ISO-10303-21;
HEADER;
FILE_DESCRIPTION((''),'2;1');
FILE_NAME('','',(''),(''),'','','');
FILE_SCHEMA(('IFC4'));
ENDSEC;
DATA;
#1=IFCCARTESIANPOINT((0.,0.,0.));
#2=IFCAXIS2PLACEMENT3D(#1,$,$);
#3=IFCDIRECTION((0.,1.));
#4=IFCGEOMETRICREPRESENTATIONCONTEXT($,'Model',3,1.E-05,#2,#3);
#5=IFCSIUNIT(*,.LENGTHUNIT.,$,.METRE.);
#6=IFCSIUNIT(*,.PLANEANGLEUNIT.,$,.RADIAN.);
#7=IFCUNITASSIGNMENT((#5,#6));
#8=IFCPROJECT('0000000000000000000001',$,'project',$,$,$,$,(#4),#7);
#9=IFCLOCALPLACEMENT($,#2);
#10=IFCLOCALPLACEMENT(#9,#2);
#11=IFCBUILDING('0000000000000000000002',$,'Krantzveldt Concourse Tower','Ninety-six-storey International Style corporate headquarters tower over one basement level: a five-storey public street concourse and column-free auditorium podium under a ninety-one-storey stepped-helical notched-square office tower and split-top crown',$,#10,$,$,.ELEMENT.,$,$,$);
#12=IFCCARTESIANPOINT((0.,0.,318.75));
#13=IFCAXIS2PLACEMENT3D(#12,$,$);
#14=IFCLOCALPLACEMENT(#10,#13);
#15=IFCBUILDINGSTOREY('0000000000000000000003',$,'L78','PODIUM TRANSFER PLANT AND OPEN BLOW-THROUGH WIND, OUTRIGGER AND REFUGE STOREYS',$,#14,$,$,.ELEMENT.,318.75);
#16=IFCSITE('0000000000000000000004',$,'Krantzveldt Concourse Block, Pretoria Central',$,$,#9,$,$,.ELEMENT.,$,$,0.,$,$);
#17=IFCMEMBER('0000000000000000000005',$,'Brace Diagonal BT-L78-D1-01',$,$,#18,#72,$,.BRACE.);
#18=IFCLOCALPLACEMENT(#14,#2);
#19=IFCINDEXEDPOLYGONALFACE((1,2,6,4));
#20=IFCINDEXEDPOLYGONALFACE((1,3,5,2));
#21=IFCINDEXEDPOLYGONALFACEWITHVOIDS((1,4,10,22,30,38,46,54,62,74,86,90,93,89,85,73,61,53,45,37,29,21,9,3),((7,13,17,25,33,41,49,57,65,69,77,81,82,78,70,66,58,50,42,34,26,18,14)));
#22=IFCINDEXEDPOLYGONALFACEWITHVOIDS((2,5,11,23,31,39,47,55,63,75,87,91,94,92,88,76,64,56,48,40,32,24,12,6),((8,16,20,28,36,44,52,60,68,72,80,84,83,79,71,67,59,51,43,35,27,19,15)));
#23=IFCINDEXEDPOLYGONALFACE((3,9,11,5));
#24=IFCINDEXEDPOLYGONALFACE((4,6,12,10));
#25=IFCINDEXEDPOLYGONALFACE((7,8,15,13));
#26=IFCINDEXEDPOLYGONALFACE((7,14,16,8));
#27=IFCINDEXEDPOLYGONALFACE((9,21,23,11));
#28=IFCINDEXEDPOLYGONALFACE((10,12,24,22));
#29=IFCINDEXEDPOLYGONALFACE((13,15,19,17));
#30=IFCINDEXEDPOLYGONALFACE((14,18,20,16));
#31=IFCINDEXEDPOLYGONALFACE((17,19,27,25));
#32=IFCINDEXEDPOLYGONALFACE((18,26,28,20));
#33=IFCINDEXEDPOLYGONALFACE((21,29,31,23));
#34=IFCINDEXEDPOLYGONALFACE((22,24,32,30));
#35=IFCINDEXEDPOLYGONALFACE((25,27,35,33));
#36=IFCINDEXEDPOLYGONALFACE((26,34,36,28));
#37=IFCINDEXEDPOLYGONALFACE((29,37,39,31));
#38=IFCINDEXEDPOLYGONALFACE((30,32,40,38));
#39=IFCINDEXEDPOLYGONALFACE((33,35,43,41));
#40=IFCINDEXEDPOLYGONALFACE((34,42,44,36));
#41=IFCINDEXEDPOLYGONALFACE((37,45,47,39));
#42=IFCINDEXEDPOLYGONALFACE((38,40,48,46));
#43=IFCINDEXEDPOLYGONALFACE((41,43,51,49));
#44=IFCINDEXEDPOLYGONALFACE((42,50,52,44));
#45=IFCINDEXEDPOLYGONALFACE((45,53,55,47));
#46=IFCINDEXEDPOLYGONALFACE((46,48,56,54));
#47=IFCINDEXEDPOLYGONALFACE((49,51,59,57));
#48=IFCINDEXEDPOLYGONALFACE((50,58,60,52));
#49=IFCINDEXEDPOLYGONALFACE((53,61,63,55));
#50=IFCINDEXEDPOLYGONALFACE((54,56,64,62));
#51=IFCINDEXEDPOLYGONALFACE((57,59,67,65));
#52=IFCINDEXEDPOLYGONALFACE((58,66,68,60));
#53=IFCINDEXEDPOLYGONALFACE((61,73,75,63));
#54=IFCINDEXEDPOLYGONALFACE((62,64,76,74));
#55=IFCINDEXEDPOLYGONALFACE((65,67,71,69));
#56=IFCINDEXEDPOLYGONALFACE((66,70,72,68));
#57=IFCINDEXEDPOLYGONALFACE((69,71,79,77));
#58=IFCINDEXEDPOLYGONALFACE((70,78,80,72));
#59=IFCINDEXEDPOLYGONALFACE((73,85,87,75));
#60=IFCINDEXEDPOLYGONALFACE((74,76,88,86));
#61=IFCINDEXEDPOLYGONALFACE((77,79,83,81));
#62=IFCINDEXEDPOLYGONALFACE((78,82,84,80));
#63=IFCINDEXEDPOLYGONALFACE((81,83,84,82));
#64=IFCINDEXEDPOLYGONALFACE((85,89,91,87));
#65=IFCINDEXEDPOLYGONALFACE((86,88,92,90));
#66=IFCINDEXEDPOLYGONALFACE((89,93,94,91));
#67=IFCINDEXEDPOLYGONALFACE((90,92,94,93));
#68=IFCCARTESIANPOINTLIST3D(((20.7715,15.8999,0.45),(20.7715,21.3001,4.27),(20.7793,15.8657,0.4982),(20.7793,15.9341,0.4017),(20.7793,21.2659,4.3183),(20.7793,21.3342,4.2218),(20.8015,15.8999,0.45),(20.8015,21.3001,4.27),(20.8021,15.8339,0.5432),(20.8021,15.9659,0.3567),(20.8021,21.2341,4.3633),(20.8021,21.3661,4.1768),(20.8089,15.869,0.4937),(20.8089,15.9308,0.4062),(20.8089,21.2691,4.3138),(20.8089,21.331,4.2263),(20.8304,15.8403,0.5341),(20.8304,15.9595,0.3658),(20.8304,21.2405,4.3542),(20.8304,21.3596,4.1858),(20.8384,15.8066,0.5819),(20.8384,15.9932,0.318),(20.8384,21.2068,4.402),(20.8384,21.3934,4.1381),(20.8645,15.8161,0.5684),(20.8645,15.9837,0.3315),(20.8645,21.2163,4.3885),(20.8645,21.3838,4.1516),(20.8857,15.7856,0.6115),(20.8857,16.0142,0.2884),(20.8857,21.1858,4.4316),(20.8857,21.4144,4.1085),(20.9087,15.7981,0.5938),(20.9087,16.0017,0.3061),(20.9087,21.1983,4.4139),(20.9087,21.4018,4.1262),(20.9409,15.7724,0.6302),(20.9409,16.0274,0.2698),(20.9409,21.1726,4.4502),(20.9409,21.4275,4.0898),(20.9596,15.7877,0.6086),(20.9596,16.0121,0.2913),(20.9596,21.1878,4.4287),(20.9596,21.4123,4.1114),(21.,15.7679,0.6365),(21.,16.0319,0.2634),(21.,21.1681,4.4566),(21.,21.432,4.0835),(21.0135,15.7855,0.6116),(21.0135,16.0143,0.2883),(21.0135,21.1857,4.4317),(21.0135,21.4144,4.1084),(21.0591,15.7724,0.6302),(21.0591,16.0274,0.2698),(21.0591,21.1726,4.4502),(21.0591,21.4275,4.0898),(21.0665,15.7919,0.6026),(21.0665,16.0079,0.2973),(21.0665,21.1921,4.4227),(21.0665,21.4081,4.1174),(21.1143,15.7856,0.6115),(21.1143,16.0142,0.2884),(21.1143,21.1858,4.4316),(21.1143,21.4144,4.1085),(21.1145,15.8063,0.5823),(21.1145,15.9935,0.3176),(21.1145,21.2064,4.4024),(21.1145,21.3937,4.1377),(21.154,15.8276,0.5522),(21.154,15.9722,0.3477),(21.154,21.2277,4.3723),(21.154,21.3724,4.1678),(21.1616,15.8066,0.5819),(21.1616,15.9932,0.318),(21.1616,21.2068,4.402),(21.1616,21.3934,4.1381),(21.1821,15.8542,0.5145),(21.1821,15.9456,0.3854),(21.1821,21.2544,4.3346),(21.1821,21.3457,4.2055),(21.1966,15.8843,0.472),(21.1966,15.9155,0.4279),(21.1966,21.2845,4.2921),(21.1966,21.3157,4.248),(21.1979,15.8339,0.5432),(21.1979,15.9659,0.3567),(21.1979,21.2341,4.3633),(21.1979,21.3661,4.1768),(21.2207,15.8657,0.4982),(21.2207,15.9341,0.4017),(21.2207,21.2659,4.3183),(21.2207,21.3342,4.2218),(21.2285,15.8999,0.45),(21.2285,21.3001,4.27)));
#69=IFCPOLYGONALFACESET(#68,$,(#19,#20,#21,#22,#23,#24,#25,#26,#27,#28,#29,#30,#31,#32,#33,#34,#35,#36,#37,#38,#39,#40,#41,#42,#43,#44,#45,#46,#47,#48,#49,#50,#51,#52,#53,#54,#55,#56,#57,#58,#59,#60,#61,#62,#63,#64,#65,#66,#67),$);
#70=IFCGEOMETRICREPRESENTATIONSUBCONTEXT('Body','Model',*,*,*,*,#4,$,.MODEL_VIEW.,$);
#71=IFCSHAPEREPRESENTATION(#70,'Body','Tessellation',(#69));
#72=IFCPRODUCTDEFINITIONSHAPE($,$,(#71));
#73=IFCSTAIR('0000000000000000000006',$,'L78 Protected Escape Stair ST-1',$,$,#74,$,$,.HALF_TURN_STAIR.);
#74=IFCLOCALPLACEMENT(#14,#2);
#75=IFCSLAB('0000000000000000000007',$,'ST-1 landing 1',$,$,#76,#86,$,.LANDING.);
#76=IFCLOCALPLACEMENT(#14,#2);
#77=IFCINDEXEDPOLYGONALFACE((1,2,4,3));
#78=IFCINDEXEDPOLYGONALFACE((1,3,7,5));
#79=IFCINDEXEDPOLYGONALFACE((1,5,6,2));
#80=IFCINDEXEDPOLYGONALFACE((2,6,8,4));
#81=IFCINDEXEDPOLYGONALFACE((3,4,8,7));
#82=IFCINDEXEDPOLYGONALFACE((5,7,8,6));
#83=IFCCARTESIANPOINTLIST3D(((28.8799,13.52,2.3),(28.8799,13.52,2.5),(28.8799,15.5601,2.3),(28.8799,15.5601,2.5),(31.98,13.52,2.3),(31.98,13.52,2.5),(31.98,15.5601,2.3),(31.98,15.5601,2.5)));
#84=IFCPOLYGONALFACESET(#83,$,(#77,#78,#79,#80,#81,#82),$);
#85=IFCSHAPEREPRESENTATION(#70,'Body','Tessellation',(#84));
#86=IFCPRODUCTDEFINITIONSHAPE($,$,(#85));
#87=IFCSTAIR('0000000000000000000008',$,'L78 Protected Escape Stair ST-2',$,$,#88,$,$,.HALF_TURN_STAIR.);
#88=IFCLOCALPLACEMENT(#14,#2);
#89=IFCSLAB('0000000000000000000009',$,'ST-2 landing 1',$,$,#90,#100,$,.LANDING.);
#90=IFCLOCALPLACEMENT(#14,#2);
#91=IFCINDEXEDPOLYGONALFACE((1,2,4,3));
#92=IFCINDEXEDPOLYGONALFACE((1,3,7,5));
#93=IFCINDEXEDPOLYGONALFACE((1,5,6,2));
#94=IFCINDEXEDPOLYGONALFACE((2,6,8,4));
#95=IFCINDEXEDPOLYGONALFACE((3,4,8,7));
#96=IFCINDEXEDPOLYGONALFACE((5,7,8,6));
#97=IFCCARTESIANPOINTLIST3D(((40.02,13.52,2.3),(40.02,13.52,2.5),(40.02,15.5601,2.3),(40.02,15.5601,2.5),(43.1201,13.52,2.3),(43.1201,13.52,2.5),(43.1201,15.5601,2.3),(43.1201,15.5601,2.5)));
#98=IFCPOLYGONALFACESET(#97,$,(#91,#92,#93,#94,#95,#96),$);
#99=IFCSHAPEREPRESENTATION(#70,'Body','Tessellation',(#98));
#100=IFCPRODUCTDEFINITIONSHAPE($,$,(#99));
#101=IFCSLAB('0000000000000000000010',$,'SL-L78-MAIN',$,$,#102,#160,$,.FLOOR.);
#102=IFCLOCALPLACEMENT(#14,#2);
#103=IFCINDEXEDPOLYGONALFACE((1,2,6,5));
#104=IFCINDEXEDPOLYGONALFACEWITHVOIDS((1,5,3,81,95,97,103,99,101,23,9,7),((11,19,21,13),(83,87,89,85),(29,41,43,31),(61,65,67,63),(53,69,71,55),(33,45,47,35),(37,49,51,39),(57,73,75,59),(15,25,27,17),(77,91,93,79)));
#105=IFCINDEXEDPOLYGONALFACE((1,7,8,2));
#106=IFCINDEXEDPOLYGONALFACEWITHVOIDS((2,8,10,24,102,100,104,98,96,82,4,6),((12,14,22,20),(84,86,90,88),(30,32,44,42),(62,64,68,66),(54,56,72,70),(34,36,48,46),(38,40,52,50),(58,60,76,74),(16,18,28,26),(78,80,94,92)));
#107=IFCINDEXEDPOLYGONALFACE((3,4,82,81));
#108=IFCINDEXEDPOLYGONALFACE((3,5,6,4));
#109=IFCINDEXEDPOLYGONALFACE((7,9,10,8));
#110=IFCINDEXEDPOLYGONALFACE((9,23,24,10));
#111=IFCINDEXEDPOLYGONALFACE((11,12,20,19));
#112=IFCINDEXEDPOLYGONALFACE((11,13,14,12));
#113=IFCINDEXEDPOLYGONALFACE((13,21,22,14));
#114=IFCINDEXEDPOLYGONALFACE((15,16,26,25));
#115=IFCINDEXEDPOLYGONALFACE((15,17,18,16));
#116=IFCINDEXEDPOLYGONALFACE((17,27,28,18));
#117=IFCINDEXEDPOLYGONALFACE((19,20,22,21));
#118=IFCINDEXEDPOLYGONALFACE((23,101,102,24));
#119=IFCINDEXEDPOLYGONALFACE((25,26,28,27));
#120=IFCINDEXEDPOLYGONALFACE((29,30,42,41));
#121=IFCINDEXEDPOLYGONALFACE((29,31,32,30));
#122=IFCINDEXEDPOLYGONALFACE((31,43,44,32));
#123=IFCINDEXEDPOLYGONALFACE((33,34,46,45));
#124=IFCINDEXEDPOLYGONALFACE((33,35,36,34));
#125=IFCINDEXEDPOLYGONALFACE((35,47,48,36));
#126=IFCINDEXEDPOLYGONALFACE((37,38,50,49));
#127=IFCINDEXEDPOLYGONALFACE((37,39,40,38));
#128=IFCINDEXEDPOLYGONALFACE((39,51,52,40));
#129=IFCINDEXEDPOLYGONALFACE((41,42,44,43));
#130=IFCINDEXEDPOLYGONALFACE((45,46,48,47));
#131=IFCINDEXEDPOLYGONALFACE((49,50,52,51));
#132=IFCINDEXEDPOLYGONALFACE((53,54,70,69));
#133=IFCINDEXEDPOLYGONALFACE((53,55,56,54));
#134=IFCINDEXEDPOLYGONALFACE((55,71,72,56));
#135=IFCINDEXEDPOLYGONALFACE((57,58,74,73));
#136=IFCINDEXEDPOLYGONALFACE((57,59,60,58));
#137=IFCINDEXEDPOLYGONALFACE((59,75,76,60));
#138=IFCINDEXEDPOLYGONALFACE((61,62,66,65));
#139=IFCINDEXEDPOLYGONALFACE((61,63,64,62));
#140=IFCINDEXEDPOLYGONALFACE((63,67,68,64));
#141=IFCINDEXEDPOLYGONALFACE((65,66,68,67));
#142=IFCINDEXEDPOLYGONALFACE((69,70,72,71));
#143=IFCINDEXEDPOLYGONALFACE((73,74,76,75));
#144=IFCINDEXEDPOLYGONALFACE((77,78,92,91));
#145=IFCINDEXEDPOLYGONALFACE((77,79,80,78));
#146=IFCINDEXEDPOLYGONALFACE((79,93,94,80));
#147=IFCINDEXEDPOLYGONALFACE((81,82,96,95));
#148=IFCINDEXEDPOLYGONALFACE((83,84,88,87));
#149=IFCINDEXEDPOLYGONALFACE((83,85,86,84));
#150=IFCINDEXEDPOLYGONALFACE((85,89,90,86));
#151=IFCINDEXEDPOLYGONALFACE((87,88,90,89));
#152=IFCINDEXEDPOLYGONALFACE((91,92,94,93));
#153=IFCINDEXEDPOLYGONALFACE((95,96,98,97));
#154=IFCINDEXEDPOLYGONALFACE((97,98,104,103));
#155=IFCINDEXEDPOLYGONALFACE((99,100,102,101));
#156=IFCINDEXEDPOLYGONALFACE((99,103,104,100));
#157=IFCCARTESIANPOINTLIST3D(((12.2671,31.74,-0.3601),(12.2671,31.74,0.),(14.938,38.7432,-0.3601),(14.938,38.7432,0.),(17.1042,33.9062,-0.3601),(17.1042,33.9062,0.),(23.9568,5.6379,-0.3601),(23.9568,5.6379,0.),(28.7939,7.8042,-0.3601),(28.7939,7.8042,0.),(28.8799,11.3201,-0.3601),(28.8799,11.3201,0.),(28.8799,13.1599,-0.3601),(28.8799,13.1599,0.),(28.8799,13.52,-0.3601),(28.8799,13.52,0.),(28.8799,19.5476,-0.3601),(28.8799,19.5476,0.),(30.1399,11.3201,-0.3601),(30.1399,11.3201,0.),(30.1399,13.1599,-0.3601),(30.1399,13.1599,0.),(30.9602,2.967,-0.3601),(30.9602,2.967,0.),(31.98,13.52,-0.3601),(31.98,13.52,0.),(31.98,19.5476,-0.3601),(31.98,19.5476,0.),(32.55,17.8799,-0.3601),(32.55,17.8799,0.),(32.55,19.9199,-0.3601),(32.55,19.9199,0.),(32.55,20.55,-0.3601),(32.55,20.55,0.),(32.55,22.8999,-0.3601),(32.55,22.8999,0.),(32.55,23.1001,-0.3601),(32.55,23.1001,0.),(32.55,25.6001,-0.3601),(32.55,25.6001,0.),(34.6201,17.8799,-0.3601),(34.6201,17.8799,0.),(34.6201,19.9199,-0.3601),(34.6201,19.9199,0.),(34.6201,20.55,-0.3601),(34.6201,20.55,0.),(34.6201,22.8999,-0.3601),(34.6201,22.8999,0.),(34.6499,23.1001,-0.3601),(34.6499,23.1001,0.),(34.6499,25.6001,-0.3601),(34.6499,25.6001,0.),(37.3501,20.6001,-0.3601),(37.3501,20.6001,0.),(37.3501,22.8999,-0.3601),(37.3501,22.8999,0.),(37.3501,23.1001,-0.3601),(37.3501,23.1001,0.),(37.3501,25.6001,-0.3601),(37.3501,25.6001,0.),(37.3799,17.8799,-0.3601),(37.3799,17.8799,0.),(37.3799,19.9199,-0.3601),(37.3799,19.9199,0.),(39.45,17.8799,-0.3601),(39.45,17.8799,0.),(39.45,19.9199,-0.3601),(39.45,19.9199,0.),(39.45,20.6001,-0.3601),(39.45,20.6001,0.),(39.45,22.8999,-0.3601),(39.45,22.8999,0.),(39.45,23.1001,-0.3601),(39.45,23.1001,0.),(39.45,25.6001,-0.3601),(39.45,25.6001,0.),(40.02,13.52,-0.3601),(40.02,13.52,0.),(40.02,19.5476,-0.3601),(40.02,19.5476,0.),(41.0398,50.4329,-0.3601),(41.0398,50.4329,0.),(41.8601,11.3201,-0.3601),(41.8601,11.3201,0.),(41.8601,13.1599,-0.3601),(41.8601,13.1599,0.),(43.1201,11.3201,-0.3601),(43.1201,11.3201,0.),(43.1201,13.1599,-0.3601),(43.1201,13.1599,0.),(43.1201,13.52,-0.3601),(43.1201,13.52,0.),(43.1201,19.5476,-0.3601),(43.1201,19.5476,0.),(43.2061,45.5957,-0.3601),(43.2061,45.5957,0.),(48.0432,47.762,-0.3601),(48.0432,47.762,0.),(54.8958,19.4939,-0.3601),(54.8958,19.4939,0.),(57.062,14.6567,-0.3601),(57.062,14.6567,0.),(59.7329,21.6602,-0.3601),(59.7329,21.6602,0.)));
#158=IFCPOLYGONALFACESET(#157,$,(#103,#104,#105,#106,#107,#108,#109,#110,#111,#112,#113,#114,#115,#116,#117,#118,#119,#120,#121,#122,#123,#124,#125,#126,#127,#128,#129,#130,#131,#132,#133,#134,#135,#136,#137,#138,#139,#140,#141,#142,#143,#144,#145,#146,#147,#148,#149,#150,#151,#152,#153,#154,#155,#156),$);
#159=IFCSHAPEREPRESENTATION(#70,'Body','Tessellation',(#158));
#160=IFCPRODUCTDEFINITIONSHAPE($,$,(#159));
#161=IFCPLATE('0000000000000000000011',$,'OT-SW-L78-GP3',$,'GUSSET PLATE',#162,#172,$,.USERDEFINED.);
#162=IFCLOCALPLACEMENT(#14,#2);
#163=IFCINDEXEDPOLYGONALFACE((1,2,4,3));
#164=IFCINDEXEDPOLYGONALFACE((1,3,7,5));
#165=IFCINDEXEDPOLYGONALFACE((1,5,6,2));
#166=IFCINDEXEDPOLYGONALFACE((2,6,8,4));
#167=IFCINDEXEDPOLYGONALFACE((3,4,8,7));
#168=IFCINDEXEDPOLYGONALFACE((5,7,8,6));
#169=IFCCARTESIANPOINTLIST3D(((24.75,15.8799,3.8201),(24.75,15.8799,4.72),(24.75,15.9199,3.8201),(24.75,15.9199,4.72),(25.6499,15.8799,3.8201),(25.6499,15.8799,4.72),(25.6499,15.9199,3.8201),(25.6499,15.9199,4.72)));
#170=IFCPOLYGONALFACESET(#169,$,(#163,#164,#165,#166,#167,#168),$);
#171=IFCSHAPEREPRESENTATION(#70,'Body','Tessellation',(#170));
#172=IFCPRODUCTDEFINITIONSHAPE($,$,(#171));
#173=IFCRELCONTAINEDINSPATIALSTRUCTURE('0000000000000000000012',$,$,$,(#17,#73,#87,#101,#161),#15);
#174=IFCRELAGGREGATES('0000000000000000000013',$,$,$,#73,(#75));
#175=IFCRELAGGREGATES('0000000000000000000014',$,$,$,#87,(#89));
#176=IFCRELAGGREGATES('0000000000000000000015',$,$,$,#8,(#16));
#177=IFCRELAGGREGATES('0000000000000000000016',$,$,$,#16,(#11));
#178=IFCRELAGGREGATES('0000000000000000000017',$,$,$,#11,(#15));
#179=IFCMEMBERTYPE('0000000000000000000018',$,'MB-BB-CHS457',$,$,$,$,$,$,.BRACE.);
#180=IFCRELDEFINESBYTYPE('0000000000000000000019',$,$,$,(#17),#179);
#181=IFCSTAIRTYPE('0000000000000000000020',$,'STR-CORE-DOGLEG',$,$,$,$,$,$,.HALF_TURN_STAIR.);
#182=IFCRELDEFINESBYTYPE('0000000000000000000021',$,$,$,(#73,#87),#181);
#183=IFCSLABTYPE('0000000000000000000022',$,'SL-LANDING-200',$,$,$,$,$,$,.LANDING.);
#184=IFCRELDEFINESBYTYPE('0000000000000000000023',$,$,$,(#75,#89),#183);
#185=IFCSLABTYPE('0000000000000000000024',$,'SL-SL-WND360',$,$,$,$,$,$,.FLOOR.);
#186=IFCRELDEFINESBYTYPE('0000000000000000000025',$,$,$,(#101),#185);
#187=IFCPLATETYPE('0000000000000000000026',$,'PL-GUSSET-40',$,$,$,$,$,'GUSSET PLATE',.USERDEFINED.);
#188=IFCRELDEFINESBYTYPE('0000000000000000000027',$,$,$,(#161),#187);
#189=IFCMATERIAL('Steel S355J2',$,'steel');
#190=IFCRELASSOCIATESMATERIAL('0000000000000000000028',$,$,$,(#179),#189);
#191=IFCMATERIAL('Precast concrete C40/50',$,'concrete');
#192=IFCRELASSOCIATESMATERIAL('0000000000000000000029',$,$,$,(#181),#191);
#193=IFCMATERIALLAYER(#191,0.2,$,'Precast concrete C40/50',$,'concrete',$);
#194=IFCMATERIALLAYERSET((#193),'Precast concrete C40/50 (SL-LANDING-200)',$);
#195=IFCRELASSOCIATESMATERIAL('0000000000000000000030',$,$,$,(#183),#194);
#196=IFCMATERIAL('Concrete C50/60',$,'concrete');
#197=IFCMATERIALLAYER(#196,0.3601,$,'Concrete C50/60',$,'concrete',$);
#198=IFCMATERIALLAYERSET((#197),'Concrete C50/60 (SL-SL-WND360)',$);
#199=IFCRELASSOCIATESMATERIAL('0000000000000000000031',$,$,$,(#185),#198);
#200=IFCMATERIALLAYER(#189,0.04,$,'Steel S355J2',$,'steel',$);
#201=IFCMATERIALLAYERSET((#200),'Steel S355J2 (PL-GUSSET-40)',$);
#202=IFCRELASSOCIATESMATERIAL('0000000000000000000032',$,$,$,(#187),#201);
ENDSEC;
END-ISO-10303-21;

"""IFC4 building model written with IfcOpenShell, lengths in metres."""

from ifc_helpers import new_model, si_unit, direction, frame, origin, origin_2d, place, context, subcontext, project, spatial, polyline, rectangle, hollow_circle, outline, extrude, source, transform, mapped, material, layer, layer_set, material_profile, profile_set, type_object, type_shapes, element, aggregate, save


model = new_model("IFC4")

# Units and contexts
model_context = context("Model", 3, precision=1e-05, world=origin(), true_north=direction((0.0, 1.0)))
body_context = subcontext(model_context, "Body", "Model", "MODEL_VIEW")
ifc_project = project(units=[si_unit("LENGTHUNIT", "METRE"), si_unit("PLANEANGLEUNIT", "RADIAN")], contexts=[model_context])

# Site, building, storey
site_placement = place(None, origin())
site = spatial("IfcSite", under=ifc_project, at=site_placement, Name="Krantzveldt Concourse Block, Pretoria Central", CompositionType="ELEMENT", RefElevation=0.0)
building_placement = place(site_placement, origin())
building = spatial("IfcBuilding", under=site, at=building_placement, Name="Krantzveldt Concourse Tower", Description="Ninety-six-storey International Style corporate headquarters tower over one basement level: a five-storey public street concourse and column-free auditorium podium under a ninety-one-storey stepped-helical notched-square office tower and split-top crown", CompositionType="ELEMENT")
storey_placement = place(building_placement, frame((0.0, 0.0, 318.75)))
storey = spatial("IfcBuildingStorey", under=building, at=storey_placement, Name="L78", Description="PODIUM TRANSFER PLANT AND OPEN BLOW-THROUGH WIND, OUTRIGGER AND REFUGE STOREYS", CompositionType="ELEMENT", Elevation=318.75)

# Shared definitions
ifc_material_1 = material(Name="Concrete C50/60", Category="concrete")

# Shared definitions
ifc_material_2 = material(Name="Steel S355J2", Category="steel")

# Member
ifc_material_profile_1 = material_profile(ifc_material_2, hollow_circle(Radius=0.2285, WallThickness=0.03, at=origin_2d()), Name="Steel S355J2", Category="steel")
ifc_profile_set_1 = profile_set([ifc_material_profile_1], Name="Steel S355J2 - CHS 457x30")
member_type_1 = type_object("IfcMemberType", Name="MB-BB-CHS457", PredefinedType="BRACE", material=ifc_profile_set_1)
shared_shape_1 = source(origin(), body_context, "Body", "SweptSolid", [
    extrude(hollow_circle(Radius=0.2285, WallThickness=0.03, at=origin_2d()), origin(), (0.0, 0.0, 1.0), 6.6147),
])
type_shapes(member_type_1, [shared_shape_1])
member_1_placement = place(storey_placement, frame((21.0, 15.8999, 0.45), z_axis=(0.0, 0.816383, 0.57751), x_axis=(-1.0, 0.0, 0.0)))
element("IfcMember", 1, at=member_1_placement, inside=storey, type_object=member_type_1, Name="Brace Diagonal BT-L78-D1-01", PredefinedType="BRACE", context=body_context, shape_type="MappedRepresentation", body=[
    mapped(shared_shape_1, transform((0.0, 0.0, 0.0), x_axis=(1.0, 0.0, 0.0), y_axis=(0.0, 1.0, 0.0), z_axis=(0.0, 0.0, 1.0), scale=1.0)),
])

# Stairs, slabs
ifc_material_3 = material(Name="Precast concrete C40/50", Category="concrete")
stair_type = type_object("IfcStairType", Name="STR-CORE-DOGLEG", PredefinedType="HALF_TURN_STAIR", material=ifc_material_3)
stair_1_placement = place(storey_placement, origin())
stair_1 = element("IfcStair", 2, at=stair_1_placement, inside=storey, type_object=stair_type, Name="L78 Protected Escape Stair ST-1", PredefinedType="HALF_TURN_STAIR")
ifc_layer_1 = layer(ifc_material_3, 0.2, Name="Precast concrete C40/50", Category="concrete")
ifc_layer_set_1 = layer_set([ifc_layer_1], Name="Precast concrete C40/50 (SL-LANDING-200)")
slab_type_1 = type_object("IfcSlabType", Name="SL-LANDING-200", PredefinedType="LANDING", material=ifc_layer_set_1)
slab_1_placement = place(storey_placement, frame((0.0, 0.0, 2.3)))
slab_1 = element("IfcSlab", 3, at=slab_1_placement, type_object=slab_type_1, Name="ST-1 landing 1", PredefinedType="LANDING", context=body_context, shape_type="SweptSolid", body=[
    extrude(outline(polyline([(28.8799, 15.5601), (28.8799, 13.52), (31.98, 13.52), (31.98, 15.5601), (28.8799, 15.5601)])), origin(), (0.0, 0.0, 1.0), 0.2),
])
aggregate(stair_1, [slab_1])
stair_2_placement = place(storey_placement, origin())
stair_2 = element("IfcStair", 4, at=stair_2_placement, inside=storey, type_object=stair_type, Name="L78 Protected Escape Stair ST-2", PredefinedType="HALF_TURN_STAIR")
slab_2_placement = place(storey_placement, frame((0.0, 0.0, 2.3)))
slab_2 = element("IfcSlab", 5, at=slab_2_placement, type_object=slab_type_1, Name="ST-2 landing 1", PredefinedType="LANDING", context=body_context, shape_type="SweptSolid", body=[
    extrude(outline(polyline([(40.02, 15.5601), (40.02, 13.52), (43.1201, 13.52), (43.1201, 15.5601), (40.02, 15.5601)])), origin(), (0.0, 0.0, 1.0), 0.2),
])
aggregate(stair_2, [slab_2])

# Slab
ifc_layer_2 = layer(ifc_material_1, 0.3601, Name="Concrete C50/60", Category="concrete")
ifc_layer_set_2 = layer_set([ifc_layer_2], Name="Concrete C50/60 (SL-SL-WND360)")
slab_type_2 = type_object("IfcSlabType", Name="SL-SL-WND360", PredefinedType="FLOOR", material=ifc_layer_set_2)
slab_3_placement = place(storey_placement, frame((0.0, 0.0, -0.3601)))
element("IfcSlab", 6, at=slab_3_placement, inside=storey, type_object=slab_type_2, Name="SL-L78-MAIN", PredefinedType="FLOOR", context=body_context, shape_type="SweptSolid", body=[
    extrude(outline(polyline([(43.2061, 45.5957), (41.0398, 50.4329), (14.938, 38.7432), (17.1042, 33.9062), (12.2671, 31.74), (23.9568, 5.6379), (28.7939, 7.8042), (30.9602, 2.967), (57.062, 14.6567), (54.8958, 19.4939), (59.7329, 21.6602), (48.0432, 47.762), (43.2061, 45.5957)]), holes=[polyline([(28.8799, 19.5476), (28.8799, 13.52), (31.98, 13.52), (31.98, 19.5476), (28.8799, 19.5476)]), polyline([(40.02, 19.5476), (40.02, 13.52), (43.1201, 13.52), (43.1201, 19.5476), (40.02, 19.5476)]), polyline([(32.55, 23.1001), (34.6499, 23.1001), (34.6499, 25.6001), (32.55, 25.6001), (32.55, 23.1001)]), polyline([(37.3501, 23.1001), (39.45, 23.1001), (39.45, 25.6001), (37.3501, 25.6001), (37.3501, 23.1001)]), polyline([(37.3501, 20.6001), (39.45, 20.6001), (39.45, 22.8999), (37.3501, 22.8999), (37.3501, 20.6001)]), polyline([(32.55, 20.55), (34.6201, 20.55), (34.6201, 22.8999), (32.55, 22.8999), (32.55, 20.55)]), polyline([(32.55, 17.8799), (34.6201, 17.8799), (34.6201, 19.9199), (32.55, 19.9199), (32.55, 17.8799)]), polyline([(37.3799, 17.8799), (39.45, 17.8799), (39.45, 19.9199), (37.3799, 19.9199), (37.3799, 17.8799)]), polyline([(28.8799, 11.3201), (30.1399, 11.3201), (30.1399, 13.1599), (28.8799, 13.1599), (28.8799, 11.3201)]), polyline([(41.8601, 11.3201), (43.1201, 11.3201), (43.1201, 13.1599), (41.8601, 13.1599), (41.8601, 11.3201)])]), origin(), (0.0, 0.0, 1.0), 0.3601),
])

# Plate
ifc_layer_3 = layer(ifc_material_2, 0.04, Name="Steel S355J2", Category="steel")
ifc_layer_set_3 = layer_set([ifc_layer_3], Name="Steel S355J2 (PL-GUSSET-40)")
plate_type_1 = type_object("IfcPlateType", Name="PL-GUSSET-40", ElementType="GUSSET PLATE", PredefinedType="USERDEFINED", material=ifc_layer_set_3)
shared_shape_2 = source(origin(), body_context, "Body", "SweptSolid", [
    extrude(rectangle(XDim=0.8999, YDim=0.04, at=origin_2d()), origin(), (0.0, 0.0, 1.0), 0.8999),
])
type_shapes(plate_type_1, [shared_shape_2])
plate_1_placement = place(storey_placement, frame((25.2, 15.8999, 3.8201), z_axis=(0.0, 0.0, 1.0), x_axis=(1.0, 0.0, 0.0)))
element("IfcPlate", 7, at=plate_1_placement, inside=storey, type_object=plate_type_1, Name="OT-SW-L78-GP3", ObjectType="GUSSET PLATE", PredefinedType="USERDEFINED", context=body_context, shape_type="MappedRepresentation", body=[
    mapped(shared_shape_2, transform((0.0, 0.0, 0.0), x_axis=(1.0, 0.0, 0.0), y_axis=(0.0, 1.0, 0.0), z_axis=(0.0, 0.0, 1.0), scale=1.0)),
])

save(model, "model.ifc")
